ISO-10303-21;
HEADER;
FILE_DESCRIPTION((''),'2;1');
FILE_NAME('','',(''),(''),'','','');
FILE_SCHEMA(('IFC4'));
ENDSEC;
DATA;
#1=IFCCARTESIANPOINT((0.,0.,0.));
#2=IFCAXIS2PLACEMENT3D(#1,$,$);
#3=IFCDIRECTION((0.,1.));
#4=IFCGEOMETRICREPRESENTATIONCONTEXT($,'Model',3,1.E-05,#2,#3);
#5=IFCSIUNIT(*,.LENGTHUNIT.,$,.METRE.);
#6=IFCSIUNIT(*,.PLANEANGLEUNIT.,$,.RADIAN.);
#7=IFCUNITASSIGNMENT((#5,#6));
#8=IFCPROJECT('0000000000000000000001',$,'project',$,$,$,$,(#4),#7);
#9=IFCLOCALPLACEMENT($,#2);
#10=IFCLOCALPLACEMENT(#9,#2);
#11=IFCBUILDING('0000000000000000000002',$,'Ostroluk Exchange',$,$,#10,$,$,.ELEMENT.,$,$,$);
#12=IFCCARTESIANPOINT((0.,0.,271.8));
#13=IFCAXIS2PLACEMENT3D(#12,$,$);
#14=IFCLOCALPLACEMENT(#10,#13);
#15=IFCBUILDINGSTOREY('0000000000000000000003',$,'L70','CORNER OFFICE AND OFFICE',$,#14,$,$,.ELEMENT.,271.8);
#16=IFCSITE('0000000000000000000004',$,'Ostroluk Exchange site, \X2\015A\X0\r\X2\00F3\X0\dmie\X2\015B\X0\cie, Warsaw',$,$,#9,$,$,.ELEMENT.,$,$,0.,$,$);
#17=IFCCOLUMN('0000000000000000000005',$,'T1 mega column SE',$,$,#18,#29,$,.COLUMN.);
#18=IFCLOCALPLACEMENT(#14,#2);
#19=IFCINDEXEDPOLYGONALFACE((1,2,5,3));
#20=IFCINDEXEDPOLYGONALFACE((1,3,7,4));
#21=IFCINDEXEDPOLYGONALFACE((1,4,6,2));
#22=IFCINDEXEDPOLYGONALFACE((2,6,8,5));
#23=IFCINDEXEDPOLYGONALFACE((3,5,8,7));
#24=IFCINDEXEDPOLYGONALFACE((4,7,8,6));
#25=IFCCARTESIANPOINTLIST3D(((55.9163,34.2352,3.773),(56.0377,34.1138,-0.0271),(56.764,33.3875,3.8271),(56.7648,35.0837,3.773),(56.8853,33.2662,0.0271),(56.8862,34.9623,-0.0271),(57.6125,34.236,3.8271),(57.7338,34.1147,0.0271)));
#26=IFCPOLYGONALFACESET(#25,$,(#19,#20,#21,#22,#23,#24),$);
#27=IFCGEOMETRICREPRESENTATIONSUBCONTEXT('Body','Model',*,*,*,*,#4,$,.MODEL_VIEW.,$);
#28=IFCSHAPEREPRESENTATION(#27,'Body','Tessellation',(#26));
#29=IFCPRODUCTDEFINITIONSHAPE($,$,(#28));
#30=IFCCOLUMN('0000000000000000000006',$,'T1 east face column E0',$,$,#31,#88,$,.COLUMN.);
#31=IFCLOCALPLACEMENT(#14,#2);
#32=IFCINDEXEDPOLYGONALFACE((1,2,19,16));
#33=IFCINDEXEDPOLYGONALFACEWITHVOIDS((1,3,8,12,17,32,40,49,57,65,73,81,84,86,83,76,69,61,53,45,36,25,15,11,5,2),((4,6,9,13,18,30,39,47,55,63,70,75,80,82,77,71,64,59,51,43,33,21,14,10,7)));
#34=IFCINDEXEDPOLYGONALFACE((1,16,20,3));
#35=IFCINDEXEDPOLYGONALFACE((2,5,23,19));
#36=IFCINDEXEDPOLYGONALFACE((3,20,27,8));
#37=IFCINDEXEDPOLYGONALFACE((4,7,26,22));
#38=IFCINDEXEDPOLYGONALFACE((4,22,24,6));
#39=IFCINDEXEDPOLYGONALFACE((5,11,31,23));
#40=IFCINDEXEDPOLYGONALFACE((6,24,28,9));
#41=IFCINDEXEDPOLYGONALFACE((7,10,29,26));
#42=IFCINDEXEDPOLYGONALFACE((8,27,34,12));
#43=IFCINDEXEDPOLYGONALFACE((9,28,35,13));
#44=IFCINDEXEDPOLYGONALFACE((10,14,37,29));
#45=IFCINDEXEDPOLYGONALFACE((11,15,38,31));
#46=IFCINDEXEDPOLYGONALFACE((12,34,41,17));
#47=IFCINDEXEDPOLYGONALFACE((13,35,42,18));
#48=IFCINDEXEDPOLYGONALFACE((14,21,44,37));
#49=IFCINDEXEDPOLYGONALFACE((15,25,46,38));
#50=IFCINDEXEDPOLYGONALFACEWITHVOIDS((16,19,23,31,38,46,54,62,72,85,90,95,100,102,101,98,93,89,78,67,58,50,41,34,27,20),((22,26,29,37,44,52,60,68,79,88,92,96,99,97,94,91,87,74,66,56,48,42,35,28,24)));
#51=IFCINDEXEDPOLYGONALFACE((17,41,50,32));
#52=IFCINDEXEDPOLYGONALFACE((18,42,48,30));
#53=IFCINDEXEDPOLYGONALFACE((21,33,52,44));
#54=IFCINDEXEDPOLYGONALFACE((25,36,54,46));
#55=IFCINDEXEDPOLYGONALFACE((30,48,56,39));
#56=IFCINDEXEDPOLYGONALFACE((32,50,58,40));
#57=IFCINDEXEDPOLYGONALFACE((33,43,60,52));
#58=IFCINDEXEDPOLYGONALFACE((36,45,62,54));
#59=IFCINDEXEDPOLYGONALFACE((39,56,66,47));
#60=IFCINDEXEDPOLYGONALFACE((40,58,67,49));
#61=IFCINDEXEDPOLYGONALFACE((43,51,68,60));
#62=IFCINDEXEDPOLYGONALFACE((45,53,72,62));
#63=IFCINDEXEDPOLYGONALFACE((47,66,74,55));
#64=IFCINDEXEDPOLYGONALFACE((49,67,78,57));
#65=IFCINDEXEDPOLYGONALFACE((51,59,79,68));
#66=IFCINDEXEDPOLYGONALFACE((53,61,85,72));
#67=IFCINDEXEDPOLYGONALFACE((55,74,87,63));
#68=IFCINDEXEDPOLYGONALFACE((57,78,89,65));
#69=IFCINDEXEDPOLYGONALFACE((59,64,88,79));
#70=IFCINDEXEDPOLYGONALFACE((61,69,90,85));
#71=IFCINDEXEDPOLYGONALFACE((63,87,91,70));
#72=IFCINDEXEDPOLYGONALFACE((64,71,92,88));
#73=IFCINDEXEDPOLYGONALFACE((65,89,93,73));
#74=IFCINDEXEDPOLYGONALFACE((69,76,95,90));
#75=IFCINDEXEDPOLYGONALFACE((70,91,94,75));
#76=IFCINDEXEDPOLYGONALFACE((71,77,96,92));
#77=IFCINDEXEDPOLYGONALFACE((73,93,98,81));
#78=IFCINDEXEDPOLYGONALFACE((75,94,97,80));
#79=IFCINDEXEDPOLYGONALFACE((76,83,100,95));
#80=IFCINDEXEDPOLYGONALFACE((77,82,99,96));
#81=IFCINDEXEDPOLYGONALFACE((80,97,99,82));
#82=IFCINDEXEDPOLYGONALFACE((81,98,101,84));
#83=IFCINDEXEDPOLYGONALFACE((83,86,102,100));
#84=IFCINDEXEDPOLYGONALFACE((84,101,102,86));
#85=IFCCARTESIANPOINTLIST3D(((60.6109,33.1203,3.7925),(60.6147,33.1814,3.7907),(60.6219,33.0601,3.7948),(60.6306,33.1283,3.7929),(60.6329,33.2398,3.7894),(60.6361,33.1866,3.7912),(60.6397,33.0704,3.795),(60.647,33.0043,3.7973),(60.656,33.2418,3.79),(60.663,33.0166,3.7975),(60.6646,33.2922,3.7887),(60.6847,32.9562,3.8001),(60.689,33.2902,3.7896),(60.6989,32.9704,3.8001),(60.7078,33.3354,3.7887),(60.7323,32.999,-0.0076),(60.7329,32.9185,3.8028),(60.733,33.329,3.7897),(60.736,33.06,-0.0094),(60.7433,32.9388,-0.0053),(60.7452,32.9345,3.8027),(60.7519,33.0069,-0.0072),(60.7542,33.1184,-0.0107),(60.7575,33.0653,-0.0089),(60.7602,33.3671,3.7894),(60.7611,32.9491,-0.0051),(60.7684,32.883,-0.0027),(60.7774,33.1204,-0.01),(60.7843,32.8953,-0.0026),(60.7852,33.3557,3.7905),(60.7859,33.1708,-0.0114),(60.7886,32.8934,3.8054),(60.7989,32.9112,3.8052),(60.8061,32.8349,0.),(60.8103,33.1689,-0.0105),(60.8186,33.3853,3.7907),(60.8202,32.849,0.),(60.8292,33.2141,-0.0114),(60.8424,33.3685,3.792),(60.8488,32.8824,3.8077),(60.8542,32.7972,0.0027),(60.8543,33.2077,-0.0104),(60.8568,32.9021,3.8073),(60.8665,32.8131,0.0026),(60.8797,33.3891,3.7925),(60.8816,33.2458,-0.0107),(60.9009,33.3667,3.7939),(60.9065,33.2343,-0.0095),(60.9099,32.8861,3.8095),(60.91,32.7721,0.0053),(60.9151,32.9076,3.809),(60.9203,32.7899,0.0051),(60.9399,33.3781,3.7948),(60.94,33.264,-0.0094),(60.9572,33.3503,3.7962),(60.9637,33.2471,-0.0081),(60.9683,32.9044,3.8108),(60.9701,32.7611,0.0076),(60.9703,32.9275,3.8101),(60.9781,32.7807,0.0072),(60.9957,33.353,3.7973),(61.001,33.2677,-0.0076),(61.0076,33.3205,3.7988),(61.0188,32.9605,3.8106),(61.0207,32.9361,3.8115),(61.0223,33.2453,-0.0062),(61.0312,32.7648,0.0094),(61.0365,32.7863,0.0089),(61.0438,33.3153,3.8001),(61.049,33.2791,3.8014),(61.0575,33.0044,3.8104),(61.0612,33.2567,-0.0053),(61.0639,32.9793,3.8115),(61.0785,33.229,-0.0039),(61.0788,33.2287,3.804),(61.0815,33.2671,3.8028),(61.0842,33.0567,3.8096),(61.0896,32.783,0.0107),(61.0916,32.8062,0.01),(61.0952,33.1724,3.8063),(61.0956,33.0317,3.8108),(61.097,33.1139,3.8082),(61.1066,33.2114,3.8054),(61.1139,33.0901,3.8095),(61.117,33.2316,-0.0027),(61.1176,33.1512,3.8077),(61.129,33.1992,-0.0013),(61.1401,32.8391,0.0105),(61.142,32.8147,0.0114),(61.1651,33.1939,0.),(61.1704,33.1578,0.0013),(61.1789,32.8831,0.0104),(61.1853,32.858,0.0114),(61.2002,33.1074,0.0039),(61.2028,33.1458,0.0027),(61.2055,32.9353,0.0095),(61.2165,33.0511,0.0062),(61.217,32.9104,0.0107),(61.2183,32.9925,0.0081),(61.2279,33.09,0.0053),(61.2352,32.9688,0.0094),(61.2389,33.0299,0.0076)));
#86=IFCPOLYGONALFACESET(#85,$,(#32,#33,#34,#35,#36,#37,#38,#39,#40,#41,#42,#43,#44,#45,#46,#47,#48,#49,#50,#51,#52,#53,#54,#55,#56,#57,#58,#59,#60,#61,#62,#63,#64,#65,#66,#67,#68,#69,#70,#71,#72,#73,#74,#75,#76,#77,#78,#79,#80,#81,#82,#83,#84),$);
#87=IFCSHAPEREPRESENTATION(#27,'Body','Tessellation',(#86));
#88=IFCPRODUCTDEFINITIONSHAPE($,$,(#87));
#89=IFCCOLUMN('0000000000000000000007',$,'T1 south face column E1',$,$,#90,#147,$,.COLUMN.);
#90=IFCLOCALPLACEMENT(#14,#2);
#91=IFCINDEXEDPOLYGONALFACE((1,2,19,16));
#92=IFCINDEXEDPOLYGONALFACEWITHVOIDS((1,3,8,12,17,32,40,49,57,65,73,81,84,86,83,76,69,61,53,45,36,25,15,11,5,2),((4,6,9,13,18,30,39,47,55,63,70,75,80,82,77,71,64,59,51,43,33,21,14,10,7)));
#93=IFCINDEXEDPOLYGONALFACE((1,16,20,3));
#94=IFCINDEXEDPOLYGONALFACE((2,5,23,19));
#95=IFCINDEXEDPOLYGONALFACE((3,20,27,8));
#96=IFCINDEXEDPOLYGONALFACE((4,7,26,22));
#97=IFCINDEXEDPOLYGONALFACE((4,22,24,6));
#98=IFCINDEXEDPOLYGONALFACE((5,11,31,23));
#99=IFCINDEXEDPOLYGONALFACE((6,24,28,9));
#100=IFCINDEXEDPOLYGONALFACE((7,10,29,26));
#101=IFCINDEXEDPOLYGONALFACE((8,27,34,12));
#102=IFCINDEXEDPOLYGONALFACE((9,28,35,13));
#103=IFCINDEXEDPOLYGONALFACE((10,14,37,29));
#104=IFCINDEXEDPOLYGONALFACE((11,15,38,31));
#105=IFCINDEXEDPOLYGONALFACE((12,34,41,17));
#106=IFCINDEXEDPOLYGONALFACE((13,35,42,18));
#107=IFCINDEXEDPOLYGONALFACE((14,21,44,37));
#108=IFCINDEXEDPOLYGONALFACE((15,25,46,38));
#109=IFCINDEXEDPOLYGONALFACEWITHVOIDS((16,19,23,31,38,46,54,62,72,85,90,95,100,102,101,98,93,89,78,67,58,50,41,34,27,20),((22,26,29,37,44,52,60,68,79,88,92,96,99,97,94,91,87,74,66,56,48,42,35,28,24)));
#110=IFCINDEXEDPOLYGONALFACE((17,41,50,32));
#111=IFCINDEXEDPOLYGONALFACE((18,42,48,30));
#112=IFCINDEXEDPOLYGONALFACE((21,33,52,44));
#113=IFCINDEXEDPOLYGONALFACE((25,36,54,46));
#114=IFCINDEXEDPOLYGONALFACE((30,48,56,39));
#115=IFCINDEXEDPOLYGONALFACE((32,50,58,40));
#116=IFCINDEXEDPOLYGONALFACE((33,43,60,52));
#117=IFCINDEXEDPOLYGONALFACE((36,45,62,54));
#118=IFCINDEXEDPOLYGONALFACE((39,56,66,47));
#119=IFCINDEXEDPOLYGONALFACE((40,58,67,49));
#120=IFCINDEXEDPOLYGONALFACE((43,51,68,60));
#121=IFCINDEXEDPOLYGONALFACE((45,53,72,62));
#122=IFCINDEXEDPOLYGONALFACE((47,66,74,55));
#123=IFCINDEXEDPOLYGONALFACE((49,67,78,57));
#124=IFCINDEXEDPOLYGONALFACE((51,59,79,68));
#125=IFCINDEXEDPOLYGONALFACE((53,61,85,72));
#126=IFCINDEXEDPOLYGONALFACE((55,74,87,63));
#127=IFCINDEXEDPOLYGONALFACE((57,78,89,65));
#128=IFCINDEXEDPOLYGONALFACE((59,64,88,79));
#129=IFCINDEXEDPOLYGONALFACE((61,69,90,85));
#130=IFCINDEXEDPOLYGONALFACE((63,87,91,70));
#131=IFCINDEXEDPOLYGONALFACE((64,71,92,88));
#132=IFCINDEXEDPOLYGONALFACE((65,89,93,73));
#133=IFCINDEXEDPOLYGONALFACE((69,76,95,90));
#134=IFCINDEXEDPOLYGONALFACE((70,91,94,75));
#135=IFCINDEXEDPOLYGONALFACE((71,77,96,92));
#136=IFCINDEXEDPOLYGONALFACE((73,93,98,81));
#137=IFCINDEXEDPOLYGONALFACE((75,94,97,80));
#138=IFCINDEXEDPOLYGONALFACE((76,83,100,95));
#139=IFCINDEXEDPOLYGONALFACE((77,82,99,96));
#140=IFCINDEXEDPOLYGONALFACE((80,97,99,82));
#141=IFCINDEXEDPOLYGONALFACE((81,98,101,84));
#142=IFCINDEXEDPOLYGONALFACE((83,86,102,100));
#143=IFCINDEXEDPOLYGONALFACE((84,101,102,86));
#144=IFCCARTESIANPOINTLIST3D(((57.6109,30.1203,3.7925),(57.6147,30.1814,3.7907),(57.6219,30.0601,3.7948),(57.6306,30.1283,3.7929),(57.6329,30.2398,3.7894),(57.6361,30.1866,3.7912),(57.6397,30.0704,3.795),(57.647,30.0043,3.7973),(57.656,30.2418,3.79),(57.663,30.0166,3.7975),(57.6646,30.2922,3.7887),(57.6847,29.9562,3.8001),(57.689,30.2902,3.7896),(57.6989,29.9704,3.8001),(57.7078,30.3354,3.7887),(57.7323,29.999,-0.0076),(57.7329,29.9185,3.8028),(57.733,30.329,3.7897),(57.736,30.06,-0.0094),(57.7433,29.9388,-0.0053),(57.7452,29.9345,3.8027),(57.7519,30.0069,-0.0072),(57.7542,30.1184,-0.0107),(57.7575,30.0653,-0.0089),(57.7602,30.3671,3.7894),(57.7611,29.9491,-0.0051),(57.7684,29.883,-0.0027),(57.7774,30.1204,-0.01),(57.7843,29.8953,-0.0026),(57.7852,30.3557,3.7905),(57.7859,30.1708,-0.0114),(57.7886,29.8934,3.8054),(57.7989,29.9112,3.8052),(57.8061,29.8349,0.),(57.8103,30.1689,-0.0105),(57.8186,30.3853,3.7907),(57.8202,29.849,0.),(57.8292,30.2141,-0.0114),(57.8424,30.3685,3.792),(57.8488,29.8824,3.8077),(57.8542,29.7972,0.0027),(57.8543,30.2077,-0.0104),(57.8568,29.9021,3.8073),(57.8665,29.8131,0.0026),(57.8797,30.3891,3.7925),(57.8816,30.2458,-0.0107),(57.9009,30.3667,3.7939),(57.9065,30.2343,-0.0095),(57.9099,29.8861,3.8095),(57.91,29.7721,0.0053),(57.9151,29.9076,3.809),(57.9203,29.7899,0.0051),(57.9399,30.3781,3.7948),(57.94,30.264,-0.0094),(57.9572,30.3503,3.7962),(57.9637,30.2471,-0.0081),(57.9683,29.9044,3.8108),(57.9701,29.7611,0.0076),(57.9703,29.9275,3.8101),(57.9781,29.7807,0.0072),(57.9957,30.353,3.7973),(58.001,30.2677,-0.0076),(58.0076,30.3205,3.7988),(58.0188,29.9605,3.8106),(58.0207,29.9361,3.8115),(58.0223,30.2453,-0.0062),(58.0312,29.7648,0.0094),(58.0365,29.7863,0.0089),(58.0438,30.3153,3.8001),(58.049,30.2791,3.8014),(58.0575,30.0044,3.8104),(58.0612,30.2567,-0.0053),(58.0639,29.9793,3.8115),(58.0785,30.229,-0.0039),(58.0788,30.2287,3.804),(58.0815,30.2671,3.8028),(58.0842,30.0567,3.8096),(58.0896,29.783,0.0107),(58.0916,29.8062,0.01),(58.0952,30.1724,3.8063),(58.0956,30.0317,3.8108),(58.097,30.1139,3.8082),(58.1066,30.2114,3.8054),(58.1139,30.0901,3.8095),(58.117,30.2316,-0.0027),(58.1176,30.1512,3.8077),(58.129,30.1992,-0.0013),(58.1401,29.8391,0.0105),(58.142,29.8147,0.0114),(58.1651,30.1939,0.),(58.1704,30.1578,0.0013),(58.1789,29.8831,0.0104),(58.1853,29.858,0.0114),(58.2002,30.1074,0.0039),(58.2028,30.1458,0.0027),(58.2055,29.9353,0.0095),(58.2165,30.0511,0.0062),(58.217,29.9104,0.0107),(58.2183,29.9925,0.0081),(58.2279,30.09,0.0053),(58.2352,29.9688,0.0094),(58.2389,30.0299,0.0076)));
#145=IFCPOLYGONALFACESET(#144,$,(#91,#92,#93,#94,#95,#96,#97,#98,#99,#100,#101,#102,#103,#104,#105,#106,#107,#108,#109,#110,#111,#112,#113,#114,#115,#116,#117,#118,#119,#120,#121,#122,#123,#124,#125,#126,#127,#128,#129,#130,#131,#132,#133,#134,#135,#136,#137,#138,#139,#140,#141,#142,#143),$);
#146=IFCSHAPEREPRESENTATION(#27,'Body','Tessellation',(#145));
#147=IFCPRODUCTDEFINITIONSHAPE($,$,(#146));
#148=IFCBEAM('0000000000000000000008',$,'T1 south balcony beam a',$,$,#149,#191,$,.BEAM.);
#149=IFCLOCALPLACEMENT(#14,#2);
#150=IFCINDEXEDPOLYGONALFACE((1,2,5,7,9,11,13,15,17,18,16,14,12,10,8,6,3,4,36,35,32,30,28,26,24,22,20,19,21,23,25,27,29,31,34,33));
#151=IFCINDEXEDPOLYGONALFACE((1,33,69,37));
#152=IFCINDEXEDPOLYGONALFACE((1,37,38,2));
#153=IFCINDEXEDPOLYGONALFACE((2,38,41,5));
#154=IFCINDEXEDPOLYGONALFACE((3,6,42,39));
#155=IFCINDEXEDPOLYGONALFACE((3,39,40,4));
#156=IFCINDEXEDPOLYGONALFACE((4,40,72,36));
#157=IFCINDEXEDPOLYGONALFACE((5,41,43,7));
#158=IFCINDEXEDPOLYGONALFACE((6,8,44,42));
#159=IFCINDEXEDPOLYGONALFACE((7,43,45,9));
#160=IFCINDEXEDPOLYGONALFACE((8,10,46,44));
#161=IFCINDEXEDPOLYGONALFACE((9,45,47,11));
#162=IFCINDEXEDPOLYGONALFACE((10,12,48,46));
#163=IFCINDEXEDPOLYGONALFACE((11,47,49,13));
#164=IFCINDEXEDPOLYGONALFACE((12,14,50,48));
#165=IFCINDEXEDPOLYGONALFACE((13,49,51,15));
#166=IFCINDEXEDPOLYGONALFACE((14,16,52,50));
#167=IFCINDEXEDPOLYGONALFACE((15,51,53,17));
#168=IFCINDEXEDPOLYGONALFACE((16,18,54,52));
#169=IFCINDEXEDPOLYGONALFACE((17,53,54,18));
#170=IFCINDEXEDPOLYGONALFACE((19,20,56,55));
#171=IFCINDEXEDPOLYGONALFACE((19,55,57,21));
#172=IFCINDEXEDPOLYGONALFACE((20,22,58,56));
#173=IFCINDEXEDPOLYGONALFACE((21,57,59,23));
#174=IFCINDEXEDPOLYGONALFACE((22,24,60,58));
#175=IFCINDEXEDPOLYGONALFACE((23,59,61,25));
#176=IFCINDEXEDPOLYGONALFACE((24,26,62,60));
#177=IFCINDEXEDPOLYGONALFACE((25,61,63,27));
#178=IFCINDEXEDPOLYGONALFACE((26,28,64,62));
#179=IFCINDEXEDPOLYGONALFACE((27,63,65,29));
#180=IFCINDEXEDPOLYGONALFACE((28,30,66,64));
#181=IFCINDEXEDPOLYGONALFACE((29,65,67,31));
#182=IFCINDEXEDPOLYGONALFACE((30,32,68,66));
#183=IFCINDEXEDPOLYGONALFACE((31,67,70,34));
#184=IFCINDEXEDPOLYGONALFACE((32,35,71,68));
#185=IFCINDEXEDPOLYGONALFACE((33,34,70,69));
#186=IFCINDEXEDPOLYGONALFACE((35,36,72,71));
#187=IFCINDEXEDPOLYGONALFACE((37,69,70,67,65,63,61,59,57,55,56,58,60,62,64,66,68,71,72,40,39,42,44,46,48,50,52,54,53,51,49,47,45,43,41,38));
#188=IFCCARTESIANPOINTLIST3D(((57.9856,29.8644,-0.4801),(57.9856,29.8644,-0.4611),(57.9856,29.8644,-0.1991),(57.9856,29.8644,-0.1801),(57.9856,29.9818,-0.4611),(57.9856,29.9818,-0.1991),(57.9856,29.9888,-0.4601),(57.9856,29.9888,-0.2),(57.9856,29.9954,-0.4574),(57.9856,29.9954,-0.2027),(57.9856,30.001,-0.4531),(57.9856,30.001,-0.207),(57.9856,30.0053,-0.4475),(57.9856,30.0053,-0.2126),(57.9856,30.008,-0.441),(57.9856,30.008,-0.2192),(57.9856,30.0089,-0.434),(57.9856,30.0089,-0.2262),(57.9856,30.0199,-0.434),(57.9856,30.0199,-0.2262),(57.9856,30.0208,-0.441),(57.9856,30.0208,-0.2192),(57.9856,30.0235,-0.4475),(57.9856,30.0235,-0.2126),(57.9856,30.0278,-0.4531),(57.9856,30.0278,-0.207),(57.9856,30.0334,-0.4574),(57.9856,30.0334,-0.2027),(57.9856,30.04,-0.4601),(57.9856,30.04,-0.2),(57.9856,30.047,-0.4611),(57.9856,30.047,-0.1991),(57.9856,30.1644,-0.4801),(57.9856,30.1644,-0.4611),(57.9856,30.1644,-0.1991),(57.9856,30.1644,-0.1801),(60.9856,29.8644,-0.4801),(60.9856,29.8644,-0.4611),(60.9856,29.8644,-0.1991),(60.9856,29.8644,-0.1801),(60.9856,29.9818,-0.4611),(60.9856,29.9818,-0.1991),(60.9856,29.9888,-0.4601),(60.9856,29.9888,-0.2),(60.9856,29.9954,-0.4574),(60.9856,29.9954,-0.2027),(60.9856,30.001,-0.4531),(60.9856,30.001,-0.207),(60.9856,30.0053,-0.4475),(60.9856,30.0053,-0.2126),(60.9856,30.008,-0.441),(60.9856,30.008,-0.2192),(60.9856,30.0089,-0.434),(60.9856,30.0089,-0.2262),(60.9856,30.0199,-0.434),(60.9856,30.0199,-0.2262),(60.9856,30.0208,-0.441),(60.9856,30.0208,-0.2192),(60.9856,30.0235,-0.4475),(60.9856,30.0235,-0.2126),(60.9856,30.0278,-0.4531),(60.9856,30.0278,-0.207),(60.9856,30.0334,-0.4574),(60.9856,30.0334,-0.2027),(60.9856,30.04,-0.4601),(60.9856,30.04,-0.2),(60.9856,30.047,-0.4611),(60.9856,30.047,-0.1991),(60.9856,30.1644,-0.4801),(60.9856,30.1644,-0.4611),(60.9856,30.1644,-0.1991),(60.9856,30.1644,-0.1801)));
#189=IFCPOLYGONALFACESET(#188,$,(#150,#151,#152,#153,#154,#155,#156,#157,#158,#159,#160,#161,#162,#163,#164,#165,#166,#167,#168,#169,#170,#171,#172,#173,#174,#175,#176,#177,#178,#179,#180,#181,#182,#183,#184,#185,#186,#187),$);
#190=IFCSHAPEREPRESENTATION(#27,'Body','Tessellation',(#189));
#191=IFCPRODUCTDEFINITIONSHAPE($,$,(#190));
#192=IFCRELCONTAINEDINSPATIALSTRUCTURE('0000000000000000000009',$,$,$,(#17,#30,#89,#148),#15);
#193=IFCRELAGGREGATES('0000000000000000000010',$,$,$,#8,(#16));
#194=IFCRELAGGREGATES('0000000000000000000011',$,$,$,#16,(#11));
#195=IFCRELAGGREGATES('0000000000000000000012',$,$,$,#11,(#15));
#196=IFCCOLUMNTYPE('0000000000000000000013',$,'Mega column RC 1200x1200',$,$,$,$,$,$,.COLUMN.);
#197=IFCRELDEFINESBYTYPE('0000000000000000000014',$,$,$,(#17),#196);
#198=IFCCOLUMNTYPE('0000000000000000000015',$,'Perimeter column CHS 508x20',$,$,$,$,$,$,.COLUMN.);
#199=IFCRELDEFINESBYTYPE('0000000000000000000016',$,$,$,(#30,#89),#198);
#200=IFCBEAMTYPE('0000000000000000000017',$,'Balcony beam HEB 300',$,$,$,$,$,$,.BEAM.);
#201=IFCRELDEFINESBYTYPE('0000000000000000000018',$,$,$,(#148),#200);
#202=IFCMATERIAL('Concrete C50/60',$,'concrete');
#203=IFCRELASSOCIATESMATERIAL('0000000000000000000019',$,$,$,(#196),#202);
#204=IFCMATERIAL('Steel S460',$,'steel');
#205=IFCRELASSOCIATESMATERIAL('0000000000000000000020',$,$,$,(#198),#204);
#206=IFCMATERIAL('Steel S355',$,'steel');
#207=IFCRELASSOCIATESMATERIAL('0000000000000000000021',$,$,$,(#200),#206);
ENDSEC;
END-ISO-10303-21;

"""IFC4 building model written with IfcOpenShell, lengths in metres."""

from ifc_helpers import new_model, si_unit, direction, frame, origin, origin_2d, place, context, subcontext, project, spatial, rectangle, hollow_circle, i_section, extrude, material, material_profile, profile_set, type_object, element, save


model = new_model("IFC4")

# Units and contexts
model_context = context("Model", 3, precision=1e-05, world=origin(), true_north=direction((0.0, 1.0)))
body_context = subcontext(model_context, "Body", "Model", "MODEL_VIEW")
ifc_project = project(units=[si_unit("LENGTHUNIT", "METRE"), si_unit("PLANEANGLEUNIT", "RADIAN")], contexts=[model_context])

# Site, building, storey
site_placement = place(None, origin())
site = spatial("IfcSite", under=ifc_project, at=site_placement, Name="Ostroluk Exchange site, Śródmieście, Warsaw", CompositionType="ELEMENT", RefElevation=0.0)
building_placement = place(site_placement, origin())
building = spatial("IfcBuilding", under=site, at=building_placement, Name="Ostroluk Exchange", CompositionType="ELEMENT")
storey_placement = place(building_placement, frame((0.0, 0.0, 271.8)))
storey = spatial("IfcBuildingStorey", under=building, at=storey_placement, Name="L70", Description="CORNER OFFICE AND OFFICE", CompositionType="ELEMENT", Elevation=271.8)

# Columns
ifc_material_1 = material(Name="Concrete C50/60", Category="concrete")
ifc_material_profile_1 = material_profile(ifc_material_1, rectangle(XDim=1.2, YDim=1.2, at=origin_2d()), Name="RC 1200x1200")
ifc_profile_set_1 = profile_set([ifc_material_profile_1], Name="Concrete C50/60")
column_type_1 = type_object("IfcColumnType", Name="Mega column RC 1200x1200", PredefinedType="COLUMN", material=ifc_profile_set_1)
column_placement = place(storey_placement, frame((56.8857, 34.1143, 0.0), z_axis=(-0.031898, 0.031898, 0.998982), x_axis=(-0.707107, -0.707107, 0.0)))
element("IfcColumn", 1, at=column_placement, inside=storey, type_object=column_type_1, Name="T1 mega column SE", PredefinedType="COLUMN", context=body_context, shape_type="SweptSolid", body=[
    extrude(rectangle(XDim=1.2, YDim=1.2, at=origin_2d()), origin(), (0.0, 0.0, 1.0), 3.804),
])
ifc_material_2 = material(Name="Steel S460", Category="steel")
ifc_material_profile_2 = material_profile(ifc_material_2, hollow_circle(Radius=0.2539, WallThickness=0.02, at=origin_2d()), Name="CHS 508x20")
ifc_profile_set_2 = profile_set([ifc_material_profile_2], Name="Steel S460")
column_type_2 = type_object("IfcColumnType", Name="Perimeter column CHS 508x20", PredefinedType="COLUMN", material=ifc_profile_set_2)
for number, where, z_axis, x_axis, name in (
    (2, (60.9856, 33.0144, 0.0), (-0.031898, 0.031898, 0.998982), (-0.707107, -0.707107, 0.0), "T1 east face column E0"),
    (3, (57.9856, 30.0144, 0.0), (-0.031898, 0.031898, 0.998982), (-0.707107, -0.707107, 0.0), "T1 south face column E1"),
):
    element("IfcColumn", number, at=place(storey_placement, frame(where, z_axis=z_axis, x_axis=x_axis)), inside=storey, type_object=column_type_2, Name=name, PredefinedType="COLUMN", context=body_context, shape_type="SweptSolid", body=[
        extrude(hollow_circle(Radius=0.2539, WallThickness=0.02, at=origin_2d()), origin(), (0.0, 0.0, 1.0), 3.804),
    ])

# Beam
ifc_material_3 = material(Name="Steel S355", Category="steel")
ifc_material_profile_3 = material_profile(ifc_material_3, i_section(OverallWidth=0.3, OverallDepth=0.3, WebThickness=0.011, FlangeThickness=0.019, FilletRadius=0.0271, at=origin_2d()), Name="HEB 300")
ifc_profile_set_3 = profile_set([ifc_material_profile_3], Name="Steel S355")
beam_type_1 = type_object("IfcBeamType", Name="Balcony beam HEB 300", PredefinedType="BEAM", material=ifc_profile_set_3)
for number, where, z_axis, x_axis, name in (
    (4, (57.9856, 30.0144, -0.3301), (1.0, 0.0, 0.0), (0.0, 1.0, 0.0), "T1 south balcony beam a"),
):
    element("IfcBeam", number, at=place(storey_placement, frame(where, z_axis=z_axis, x_axis=x_axis)), inside=storey, type_object=beam_type_1, Name=name, PredefinedType="BEAM", context=body_context, shape_type="SweptSolid", body=[
        extrude(i_section(OverallWidth=0.3, OverallDepth=0.3, WebThickness=0.011, FlangeThickness=0.019, FilletRadius=0.0271, at=origin_2d()), origin(), (0.0, 0.0, 1.0), 3.0),
    ])

save(model, "model.ifc")
